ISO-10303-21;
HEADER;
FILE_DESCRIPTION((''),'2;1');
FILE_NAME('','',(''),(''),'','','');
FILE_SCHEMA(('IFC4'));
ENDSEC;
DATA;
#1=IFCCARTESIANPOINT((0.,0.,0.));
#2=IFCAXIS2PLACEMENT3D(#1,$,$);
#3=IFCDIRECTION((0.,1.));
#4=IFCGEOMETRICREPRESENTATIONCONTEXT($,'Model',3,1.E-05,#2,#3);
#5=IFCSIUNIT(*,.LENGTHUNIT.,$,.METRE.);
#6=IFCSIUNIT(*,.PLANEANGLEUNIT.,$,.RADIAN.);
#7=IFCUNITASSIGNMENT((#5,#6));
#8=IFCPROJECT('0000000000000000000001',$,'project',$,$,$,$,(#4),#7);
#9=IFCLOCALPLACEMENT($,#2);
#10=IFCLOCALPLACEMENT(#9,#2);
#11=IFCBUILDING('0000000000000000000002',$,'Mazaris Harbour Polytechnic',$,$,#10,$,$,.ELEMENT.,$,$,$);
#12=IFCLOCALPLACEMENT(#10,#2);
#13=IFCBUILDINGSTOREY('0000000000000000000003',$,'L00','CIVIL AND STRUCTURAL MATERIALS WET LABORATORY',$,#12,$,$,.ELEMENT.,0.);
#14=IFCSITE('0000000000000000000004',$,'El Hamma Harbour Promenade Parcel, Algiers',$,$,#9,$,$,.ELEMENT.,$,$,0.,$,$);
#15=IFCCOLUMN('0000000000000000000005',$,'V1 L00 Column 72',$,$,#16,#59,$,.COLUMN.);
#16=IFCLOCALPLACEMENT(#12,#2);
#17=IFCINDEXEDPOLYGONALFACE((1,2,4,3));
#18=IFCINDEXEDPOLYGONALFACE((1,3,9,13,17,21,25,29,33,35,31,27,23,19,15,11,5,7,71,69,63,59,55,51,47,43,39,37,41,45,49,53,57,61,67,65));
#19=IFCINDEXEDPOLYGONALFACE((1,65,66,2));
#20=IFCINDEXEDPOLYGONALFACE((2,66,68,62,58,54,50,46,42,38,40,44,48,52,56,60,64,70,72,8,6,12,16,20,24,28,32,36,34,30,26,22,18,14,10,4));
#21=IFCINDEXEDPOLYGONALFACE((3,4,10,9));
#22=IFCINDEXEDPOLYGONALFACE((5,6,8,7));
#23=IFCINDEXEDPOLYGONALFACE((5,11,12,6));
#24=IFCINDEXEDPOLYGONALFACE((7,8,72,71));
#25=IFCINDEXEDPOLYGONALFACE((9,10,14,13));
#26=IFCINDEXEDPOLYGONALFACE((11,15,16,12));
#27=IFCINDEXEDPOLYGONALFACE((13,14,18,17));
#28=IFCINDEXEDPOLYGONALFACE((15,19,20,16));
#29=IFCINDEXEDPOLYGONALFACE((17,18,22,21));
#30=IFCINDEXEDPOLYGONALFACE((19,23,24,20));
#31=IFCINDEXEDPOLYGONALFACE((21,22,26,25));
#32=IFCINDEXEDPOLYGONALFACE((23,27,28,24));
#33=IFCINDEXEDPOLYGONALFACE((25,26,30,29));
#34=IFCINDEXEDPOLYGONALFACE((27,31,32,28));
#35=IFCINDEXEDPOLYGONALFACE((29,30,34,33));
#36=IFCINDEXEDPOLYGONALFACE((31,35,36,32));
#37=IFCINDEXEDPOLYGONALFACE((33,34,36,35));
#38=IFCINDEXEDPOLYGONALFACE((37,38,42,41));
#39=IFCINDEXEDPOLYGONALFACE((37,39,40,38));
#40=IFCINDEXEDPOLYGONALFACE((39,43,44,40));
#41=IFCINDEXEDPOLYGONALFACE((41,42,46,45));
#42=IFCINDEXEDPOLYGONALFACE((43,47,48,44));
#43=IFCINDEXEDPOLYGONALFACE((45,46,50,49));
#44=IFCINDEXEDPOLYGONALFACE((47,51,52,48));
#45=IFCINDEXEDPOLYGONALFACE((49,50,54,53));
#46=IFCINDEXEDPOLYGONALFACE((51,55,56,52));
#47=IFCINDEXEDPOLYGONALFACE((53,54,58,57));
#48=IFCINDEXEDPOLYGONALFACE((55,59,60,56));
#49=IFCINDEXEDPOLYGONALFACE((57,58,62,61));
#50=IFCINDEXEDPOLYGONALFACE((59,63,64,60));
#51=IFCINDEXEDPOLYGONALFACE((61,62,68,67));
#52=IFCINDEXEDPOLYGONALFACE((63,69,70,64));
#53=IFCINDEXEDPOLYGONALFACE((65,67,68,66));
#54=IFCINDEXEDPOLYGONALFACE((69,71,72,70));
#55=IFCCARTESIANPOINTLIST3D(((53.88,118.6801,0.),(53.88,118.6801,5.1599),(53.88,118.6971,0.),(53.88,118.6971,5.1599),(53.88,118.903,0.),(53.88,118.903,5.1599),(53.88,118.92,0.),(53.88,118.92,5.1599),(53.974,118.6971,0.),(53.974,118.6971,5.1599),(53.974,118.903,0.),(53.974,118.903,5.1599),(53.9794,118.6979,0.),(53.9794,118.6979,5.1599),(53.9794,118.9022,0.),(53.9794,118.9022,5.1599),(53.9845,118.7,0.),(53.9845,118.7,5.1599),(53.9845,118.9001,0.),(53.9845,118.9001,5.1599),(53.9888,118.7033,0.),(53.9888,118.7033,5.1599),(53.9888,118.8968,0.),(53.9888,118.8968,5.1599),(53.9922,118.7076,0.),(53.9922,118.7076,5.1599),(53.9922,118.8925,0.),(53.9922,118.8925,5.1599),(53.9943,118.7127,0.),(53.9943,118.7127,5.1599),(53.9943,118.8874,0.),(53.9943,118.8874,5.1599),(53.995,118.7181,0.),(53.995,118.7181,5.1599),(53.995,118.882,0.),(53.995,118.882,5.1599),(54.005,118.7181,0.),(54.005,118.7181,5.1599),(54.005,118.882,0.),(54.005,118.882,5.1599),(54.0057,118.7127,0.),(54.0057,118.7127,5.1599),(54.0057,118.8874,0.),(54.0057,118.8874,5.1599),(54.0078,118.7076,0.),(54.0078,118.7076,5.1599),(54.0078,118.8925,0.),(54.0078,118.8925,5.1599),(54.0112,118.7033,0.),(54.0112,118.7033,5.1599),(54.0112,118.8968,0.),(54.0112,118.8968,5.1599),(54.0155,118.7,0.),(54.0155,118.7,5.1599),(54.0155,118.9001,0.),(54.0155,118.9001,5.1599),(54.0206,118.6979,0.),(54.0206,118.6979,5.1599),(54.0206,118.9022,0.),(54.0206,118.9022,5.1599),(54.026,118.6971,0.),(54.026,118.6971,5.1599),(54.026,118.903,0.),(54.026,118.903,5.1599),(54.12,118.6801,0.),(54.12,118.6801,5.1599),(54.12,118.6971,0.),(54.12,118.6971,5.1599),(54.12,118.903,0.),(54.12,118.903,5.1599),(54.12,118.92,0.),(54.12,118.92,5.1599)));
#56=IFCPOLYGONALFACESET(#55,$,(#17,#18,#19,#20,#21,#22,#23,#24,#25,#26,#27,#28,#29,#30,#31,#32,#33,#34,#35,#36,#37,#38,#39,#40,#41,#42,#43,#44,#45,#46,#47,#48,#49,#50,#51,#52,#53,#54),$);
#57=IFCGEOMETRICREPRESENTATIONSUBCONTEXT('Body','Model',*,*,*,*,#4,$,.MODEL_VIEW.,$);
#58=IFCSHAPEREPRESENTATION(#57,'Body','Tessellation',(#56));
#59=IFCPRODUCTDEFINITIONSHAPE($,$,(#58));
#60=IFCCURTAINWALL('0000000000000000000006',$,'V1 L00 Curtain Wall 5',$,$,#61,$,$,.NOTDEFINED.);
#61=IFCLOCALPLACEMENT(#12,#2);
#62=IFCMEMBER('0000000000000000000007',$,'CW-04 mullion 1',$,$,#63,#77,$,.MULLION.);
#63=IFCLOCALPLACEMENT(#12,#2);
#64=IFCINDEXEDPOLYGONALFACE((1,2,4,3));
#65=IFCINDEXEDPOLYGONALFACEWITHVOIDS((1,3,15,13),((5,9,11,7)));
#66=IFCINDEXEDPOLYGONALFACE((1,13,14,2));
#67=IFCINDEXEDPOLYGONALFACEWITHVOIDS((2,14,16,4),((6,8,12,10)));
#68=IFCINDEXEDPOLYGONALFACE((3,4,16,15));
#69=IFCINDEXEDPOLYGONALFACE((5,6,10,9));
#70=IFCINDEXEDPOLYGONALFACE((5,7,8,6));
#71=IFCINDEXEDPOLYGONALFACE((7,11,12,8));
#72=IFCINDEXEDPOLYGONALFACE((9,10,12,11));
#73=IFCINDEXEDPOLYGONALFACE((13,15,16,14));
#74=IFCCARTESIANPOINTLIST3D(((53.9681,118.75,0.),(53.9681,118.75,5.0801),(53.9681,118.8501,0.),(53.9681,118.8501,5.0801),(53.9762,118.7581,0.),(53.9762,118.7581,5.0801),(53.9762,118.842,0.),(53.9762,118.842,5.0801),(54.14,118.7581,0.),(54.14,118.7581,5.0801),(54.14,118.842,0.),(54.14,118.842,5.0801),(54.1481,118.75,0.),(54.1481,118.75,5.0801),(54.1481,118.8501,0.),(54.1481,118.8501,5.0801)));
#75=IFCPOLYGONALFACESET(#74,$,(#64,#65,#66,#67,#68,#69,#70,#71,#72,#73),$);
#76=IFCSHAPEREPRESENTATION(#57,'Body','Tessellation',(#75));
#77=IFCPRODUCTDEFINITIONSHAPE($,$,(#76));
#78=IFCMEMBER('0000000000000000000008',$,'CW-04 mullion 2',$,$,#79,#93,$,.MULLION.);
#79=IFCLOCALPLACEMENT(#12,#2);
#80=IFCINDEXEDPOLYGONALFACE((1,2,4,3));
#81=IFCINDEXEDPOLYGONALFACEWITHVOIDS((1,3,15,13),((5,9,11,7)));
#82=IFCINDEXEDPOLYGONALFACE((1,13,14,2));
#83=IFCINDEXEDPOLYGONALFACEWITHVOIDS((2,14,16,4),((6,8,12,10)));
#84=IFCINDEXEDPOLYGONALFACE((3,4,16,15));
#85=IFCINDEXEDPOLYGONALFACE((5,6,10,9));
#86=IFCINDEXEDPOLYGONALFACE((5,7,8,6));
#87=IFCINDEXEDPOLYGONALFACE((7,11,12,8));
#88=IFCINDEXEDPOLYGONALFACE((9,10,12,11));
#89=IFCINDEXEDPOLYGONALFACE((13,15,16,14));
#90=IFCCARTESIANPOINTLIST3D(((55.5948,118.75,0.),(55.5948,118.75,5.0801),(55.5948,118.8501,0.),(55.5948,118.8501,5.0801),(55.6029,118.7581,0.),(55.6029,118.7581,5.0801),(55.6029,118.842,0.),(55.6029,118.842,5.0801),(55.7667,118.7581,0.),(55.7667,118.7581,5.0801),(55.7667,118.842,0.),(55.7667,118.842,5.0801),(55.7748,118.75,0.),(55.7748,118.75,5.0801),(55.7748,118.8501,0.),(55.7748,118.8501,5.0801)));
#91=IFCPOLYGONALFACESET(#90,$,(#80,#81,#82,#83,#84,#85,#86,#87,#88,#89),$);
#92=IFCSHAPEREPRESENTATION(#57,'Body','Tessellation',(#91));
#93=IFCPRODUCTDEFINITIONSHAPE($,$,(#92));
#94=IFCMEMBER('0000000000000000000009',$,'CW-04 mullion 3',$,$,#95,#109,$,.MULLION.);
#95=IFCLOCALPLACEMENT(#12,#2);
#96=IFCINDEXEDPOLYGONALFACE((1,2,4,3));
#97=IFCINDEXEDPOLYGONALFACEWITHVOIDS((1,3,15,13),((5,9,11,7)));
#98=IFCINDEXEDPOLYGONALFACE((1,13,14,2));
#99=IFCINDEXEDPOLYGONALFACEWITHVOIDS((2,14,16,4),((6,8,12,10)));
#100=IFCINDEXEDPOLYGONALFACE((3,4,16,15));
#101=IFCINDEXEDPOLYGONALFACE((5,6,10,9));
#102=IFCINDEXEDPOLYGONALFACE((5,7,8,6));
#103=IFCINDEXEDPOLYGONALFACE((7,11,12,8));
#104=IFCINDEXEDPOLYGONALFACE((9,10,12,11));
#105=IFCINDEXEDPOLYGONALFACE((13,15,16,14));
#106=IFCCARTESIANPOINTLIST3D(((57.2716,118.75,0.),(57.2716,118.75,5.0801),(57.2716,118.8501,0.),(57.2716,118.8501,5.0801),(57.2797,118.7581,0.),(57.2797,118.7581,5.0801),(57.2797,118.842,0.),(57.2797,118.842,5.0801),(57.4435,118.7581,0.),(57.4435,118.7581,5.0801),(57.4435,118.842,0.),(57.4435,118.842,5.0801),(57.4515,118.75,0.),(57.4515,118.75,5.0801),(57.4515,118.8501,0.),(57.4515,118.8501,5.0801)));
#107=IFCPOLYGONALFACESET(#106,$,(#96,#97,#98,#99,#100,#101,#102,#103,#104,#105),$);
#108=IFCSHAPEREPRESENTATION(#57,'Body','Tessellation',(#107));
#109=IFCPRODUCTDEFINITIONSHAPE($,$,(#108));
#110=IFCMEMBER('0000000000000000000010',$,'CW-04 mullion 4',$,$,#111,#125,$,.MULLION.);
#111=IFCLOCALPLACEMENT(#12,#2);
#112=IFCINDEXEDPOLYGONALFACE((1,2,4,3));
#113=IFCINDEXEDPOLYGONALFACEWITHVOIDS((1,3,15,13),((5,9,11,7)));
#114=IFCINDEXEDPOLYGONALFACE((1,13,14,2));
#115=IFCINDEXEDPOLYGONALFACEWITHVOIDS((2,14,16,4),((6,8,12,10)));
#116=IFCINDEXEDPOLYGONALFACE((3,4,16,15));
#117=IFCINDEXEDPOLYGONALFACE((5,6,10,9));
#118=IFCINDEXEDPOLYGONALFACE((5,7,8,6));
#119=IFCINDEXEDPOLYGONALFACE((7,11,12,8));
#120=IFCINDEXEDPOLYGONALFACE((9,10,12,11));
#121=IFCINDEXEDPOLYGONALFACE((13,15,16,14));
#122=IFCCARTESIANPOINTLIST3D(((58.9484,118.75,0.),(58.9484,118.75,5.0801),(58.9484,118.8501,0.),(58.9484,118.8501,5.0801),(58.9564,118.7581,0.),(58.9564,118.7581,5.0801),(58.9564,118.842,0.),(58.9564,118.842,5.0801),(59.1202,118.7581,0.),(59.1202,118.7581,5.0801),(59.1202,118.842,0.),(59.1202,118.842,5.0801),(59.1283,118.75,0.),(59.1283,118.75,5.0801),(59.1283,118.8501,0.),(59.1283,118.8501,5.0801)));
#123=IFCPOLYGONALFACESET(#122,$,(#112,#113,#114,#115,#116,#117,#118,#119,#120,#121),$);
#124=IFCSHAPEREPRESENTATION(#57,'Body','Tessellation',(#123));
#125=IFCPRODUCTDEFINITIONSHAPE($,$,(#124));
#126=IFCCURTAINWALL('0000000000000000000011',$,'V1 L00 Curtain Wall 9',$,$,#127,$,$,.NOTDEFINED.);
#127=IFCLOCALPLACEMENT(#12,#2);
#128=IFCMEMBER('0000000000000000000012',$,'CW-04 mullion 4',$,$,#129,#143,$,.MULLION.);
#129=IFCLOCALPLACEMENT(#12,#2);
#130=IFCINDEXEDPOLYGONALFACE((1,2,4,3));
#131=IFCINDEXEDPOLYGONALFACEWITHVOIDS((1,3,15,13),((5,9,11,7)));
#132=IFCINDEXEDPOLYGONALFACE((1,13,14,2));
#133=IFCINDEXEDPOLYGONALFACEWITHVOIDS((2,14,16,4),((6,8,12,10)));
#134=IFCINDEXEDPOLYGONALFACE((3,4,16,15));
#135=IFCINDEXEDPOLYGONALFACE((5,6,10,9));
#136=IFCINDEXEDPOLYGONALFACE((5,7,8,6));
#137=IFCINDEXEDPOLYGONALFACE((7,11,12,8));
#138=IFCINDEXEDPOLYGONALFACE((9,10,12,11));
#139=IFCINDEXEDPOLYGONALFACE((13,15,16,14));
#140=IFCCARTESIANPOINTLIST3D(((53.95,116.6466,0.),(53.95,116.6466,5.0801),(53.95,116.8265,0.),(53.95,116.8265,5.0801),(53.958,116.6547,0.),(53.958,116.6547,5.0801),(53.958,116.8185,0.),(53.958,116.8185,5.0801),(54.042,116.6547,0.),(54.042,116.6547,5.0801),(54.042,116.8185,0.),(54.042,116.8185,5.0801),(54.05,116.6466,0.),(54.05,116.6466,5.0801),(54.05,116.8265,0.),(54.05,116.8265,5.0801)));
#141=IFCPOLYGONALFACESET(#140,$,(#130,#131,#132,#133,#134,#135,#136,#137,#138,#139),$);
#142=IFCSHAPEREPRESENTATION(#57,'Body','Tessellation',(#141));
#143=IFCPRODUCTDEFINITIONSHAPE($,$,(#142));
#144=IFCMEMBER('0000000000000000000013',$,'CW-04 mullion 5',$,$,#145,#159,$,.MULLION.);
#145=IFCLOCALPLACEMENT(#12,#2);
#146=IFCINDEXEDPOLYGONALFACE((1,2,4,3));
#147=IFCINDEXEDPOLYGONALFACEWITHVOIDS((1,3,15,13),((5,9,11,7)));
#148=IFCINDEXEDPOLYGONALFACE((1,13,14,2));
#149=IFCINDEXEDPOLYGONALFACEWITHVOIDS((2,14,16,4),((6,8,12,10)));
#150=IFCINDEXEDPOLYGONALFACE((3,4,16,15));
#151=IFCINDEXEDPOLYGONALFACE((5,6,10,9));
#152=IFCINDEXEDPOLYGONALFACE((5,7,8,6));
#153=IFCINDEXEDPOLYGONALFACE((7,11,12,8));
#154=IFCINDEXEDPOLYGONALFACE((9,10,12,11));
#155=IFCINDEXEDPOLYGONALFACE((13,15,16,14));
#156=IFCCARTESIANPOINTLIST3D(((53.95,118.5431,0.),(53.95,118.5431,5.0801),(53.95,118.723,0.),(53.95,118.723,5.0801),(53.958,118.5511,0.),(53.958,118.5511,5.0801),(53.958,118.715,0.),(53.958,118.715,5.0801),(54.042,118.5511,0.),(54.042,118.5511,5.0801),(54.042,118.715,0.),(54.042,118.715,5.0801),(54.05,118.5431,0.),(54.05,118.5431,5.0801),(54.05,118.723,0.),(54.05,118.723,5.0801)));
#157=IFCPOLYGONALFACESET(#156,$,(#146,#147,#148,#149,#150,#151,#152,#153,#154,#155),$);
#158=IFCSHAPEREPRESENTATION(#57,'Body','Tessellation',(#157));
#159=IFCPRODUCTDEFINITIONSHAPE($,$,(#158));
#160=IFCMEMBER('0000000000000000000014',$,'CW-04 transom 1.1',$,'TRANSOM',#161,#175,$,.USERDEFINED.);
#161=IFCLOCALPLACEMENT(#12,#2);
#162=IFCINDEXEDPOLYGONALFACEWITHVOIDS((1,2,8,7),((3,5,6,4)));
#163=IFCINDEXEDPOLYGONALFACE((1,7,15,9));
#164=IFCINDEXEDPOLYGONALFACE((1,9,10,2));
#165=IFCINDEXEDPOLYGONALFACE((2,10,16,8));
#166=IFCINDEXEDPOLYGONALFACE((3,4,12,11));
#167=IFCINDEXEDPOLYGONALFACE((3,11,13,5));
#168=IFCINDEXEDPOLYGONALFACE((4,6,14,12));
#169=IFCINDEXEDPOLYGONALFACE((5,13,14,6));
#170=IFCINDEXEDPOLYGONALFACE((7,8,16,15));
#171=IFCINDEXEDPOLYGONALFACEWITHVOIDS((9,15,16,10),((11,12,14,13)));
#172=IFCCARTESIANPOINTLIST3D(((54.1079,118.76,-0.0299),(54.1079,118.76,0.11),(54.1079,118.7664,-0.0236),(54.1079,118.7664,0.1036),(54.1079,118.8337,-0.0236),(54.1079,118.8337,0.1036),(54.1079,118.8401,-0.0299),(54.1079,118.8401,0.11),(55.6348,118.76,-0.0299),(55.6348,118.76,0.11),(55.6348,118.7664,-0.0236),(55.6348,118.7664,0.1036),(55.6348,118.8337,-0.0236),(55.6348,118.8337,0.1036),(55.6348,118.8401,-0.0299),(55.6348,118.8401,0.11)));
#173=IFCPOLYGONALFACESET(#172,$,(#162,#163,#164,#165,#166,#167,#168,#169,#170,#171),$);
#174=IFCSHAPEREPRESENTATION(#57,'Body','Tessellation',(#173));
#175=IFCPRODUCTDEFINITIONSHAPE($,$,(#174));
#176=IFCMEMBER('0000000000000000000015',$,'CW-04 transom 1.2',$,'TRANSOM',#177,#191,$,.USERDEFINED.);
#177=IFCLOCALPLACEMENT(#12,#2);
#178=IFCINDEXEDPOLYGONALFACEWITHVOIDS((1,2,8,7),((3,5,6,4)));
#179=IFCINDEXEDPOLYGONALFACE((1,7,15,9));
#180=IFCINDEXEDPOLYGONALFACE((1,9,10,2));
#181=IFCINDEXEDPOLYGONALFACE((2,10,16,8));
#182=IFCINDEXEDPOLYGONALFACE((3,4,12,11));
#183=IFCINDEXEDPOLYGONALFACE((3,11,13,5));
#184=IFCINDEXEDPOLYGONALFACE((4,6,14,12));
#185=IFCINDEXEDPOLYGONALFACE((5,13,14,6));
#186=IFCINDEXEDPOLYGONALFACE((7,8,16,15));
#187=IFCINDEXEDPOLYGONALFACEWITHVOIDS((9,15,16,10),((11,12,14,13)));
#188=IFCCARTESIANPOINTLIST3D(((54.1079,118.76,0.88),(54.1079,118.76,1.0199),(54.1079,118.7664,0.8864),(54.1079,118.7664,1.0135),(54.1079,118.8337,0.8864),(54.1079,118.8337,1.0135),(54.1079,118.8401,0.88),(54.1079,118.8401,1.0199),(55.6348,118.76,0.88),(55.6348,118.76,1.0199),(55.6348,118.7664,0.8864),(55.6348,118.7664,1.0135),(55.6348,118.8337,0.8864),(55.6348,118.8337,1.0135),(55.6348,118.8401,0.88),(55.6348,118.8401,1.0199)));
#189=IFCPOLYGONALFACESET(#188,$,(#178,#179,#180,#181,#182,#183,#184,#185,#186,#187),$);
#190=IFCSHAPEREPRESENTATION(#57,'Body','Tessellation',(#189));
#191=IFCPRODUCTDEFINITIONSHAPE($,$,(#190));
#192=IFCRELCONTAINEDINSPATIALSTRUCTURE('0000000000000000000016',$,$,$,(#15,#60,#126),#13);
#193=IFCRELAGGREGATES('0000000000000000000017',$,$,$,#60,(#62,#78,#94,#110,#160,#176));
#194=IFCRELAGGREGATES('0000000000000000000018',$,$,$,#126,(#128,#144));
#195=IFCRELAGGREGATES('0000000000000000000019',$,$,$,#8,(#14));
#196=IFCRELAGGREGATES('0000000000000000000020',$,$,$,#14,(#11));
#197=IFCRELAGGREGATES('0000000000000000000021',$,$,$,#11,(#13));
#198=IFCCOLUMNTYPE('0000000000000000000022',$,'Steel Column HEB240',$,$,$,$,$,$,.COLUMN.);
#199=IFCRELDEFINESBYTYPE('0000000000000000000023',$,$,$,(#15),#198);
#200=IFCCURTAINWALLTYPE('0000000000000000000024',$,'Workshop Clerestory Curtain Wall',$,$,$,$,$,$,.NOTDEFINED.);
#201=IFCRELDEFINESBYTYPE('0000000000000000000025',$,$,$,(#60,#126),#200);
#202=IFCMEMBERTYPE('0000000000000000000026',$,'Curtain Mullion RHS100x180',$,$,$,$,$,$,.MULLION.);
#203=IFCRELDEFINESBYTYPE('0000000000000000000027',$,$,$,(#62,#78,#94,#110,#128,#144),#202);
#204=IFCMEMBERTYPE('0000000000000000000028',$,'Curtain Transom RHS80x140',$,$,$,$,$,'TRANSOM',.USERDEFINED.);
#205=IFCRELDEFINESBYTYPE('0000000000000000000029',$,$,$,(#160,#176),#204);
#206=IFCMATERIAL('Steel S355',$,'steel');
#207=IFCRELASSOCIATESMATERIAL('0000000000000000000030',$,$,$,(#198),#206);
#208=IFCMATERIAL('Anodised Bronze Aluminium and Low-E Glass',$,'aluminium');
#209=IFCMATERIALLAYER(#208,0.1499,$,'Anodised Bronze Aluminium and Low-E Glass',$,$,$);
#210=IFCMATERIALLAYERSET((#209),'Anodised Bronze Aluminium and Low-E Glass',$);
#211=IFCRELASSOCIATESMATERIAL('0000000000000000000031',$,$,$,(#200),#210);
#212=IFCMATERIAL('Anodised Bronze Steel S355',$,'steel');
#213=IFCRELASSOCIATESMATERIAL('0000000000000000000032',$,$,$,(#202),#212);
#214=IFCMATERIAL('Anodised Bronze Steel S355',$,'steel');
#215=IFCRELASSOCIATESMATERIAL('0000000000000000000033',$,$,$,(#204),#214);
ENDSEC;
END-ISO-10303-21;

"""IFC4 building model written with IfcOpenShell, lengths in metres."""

from ifc_helpers import new_model, si_unit, direction, frame, origin, origin_2d, place, context, subcontext, project, spatial, hollow_rectangle, i_section, extrude, material, layer, layer_set, material_profile, profile_set, type_object, element, aggregate, save


model = new_model("IFC4")

# Units and contexts
model_context = context("Model", 3, precision=1e-05, world=origin(), true_north=direction((0.0, 1.0)))
body_context = subcontext(model_context, "Body", "Model", "MODEL_VIEW")
ifc_project = project(units=[si_unit("LENGTHUNIT", "METRE"), si_unit("PLANEANGLEUNIT", "RADIAN")], contexts=[model_context])

# Site, building, storey
site_placement = place(None, origin())
site = spatial("IfcSite", under=ifc_project, at=site_placement, Name="El Hamma Harbour Promenade Parcel, Algiers", CompositionType="ELEMENT", RefElevation=0.0)
building_placement = place(site_placement, origin())
building = spatial("IfcBuilding", under=site, at=building_placement, Name="Mazaris Harbour Polytechnic", CompositionType="ELEMENT")
storey_placement = place(building_placement, origin())
storey = spatial("IfcBuildingStorey", under=building, at=storey_placement, Name="L00", Description="CIVIL AND STRUCTURAL MATERIALS WET LABORATORY", CompositionType="ELEMENT", Elevation=0.0)

# Column
ifc_material_1 = material(Name="Steel S355", Category="steel")
ifc_material_profile_1 = material_profile(ifc_material_1, i_section(OverallWidth=0.24, OverallDepth=0.24, WebThickness=0.01, FlangeThickness=0.0171, FilletRadius=0.021, at=origin_2d()), Name="HEB 240")
ifc_profile_set_1 = profile_set([ifc_material_profile_1], Name="Steel S355")
column_type = type_object("IfcColumnType", Name="Steel Column HEB240", PredefinedType="COLUMN", material=ifc_profile_set_1)
column_placement = place(storey_placement, frame((54.0, 118.8, 0.0), z_axis=(0.0, 0.0, 1.0), x_axis=(1.0, 0.0, 0.0)))
element("IfcColumn", 1, at=column_placement, inside=storey, type_object=column_type, Name="V1 L00 Column 72", PredefinedType="COLUMN", context=body_context, shape_type="SweptSolid", body=[
    extrude(i_section(OverallWidth=0.24, OverallDepth=0.24, WebThickness=0.01, FlangeThickness=0.0171, FilletRadius=0.021, at=origin_2d()), origin(), (0.0, 0.0, 1.0), 5.1599),
])

# Curtain walls, members
ifc_material_2 = material(Name="Anodised Bronze Aluminium and Low-E Glass", Category="aluminium")
ifc_layer_1 = layer(ifc_material_2, 0.1499, Name="Anodised Bronze Aluminium and Low-E Glass")
ifc_layer_set_1 = layer_set([ifc_layer_1], Name="Anodised Bronze Aluminium and Low-E Glass")
curtain_wall_type = type_object("IfcCurtainWallType", Name="Workshop Clerestory Curtain Wall", PredefinedType="NOTDEFINED", material=ifc_layer_set_1)
curtain_wall_1_placement = place(storey_placement, origin())
curtain_wall_1 = element("IfcCurtainWall", 2, at=curtain_wall_1_placement, inside=storey, type_object=curtain_wall_type, Name="V1 L00 Curtain Wall 5", PredefinedType="NOTDEFINED")
ifc_material_3 = material(Name="Anodised Bronze Steel S355", Category="steel")
ifc_material_profile_2 = material_profile(ifc_material_3, hollow_rectangle(XDim=0.1001, YDim=0.1799, WallThickness=0.0081, at=origin_2d()), Name="RHS 100x180x8.0")
ifc_profile_set_2 = profile_set([ifc_material_profile_2], Name="Anodised Bronze Steel S355")
member_type_1 = type_object("IfcMemberType", Name="Curtain Mullion RHS100x180", PredefinedType="MULLION", material=ifc_profile_set_2)
member_1_placement = place(storey_placement, frame((54.0581, 118.8, 0.0), z_axis=(0.0, 0.0, 1.0), x_axis=(0.0, 1.0, 0.0)))
member_1 = element("IfcMember", 3, at=member_1_placement, type_object=member_type_1, Name="CW-04 mullion 1", PredefinedType="MULLION", context=body_context, shape_type="SweptSolid", body=[
    extrude(hollow_rectangle(XDim=0.1001, YDim=0.1799, WallThickness=0.0081, at=origin_2d()), origin(), (0.0, 0.0, 1.0), 5.0801),
])
member_2_placement = place(storey_placement, frame((55.6848, 118.8, 0.0), z_axis=(0.0, 0.0, 1.0), x_axis=(0.0, 1.0, 0.0)))
member_2 = element("IfcMember", 4, at=member_2_placement, type_object=member_type_1, Name="CW-04 mullion 2", PredefinedType="MULLION", context=body_context, shape_type="SweptSolid", body=[
    extrude(hollow_rectangle(XDim=0.1001, YDim=0.1799, WallThickness=0.0081, at=origin_2d()), origin(), (0.0, 0.0, 1.0), 5.0801),
])
member_3_placement = place(storey_placement, frame((57.3616, 118.8, 0.0), z_axis=(0.0, 0.0, 1.0), x_axis=(0.0, 1.0, 0.0)))
member_3 = element("IfcMember", 5, at=member_3_placement, type_object=member_type_1, Name="CW-04 mullion 3", PredefinedType="MULLION", context=body_context, shape_type="SweptSolid", body=[
    extrude(hollow_rectangle(XDim=0.1001, YDim=0.1799, WallThickness=0.0081, at=origin_2d()), origin(), (0.0, 0.0, 1.0), 5.0801),
])
member_4_placement = place(storey_placement, frame((59.0383, 118.8, 0.0), z_axis=(0.0, 0.0, 1.0), x_axis=(0.0, 1.0, 0.0)))
member_4 = element("IfcMember", 6, at=member_4_placement, type_object=member_type_1, Name="CW-04 mullion 4", PredefinedType="MULLION", context=body_context, shape_type="SweptSolid", body=[
    extrude(hollow_rectangle(XDim=0.1001, YDim=0.1799, WallThickness=0.0081, at=origin_2d()), origin(), (0.0, 0.0, 1.0), 5.0801),
])
curtain_wall_2_placement = place(storey_placement, origin())
curtain_wall_2 = element("IfcCurtainWall", 7, at=curtain_wall_2_placement, inside=storey, type_object=curtain_wall_type, Name="V1 L00 Curtain Wall 9", PredefinedType="NOTDEFINED")
member_5_placement = place(storey_placement, frame((54.0, 116.7366, 0.0), z_axis=(0.0, 0.0, 1.0), x_axis=(-1.0, 0.0, 0.0)))
member_5 = element("IfcMember", 8, at=member_5_placement, type_object=member_type_1, Name="CW-04 mullion 4", PredefinedType="MULLION", context=body_context, shape_type="SweptSolid", body=[
    extrude(hollow_rectangle(XDim=0.1001, YDim=0.1799, WallThickness=0.0081, at=origin_2d()), origin(), (0.0, 0.0, 1.0), 5.0801),
])
member_6_placement = place(storey_placement, frame((54.0, 118.6331, 0.0), z_axis=(0.0, 0.0, 1.0), x_axis=(-1.0, 0.0, 0.0)))
member_6 = element("IfcMember", 9, at=member_6_placement, type_object=member_type_1, Name="CW-04 mullion 5", PredefinedType="MULLION", context=body_context, shape_type="SweptSolid", body=[
    extrude(hollow_rectangle(XDim=0.1001, YDim=0.1799, WallThickness=0.0081, at=origin_2d()), origin(), (0.0, 0.0, 1.0), 5.0801),
])

# Members
ifc_material_4 = material(Name="Anodised Bronze Steel S355", Category="steel")
ifc_material_profile_3 = material_profile(ifc_material_4, hollow_rectangle(XDim=0.0801, YDim=0.1399, WallThickness=0.0063, at=origin_2d()), Name="RHS 80x140x6.3")
ifc_profile_set_3 = profile_set([ifc_material_profile_3], Name="Anodised Bronze Steel S355")
member_type_2 = type_object("IfcMemberType", Name="Curtain Transom RHS80x140", ElementType="TRANSOM", PredefinedType="USERDEFINED", material=ifc_profile_set_3)
member_7_placement = place(storey_placement, frame((54.1079, 118.8, 0.04), z_axis=(1.0, 0.0, 0.0), x_axis=(0.0, 1.0, 0.0)))
member_7 = element("IfcMember", 10, at=member_7_placement, type_object=member_type_2, Name="CW-04 transom 1.1", ObjectType="TRANSOM", PredefinedType="USERDEFINED", context=body_context, shape_type="SweptSolid", body=[
    extrude(hollow_rectangle(XDim=0.0801, YDim=0.1399, WallThickness=0.0063, at=origin_2d()), origin(), (0.0, 0.0, 1.0), 1.5269),
])
member_8_placement = place(storey_placement, frame((54.1079, 118.8, 0.95), z_axis=(1.0, 0.0, 0.0), x_axis=(0.0, 1.0, 0.0)))
member_8 = element("IfcMember", 11, at=member_8_placement, type_object=member_type_2, Name="CW-04 transom 1.2", ObjectType="TRANSOM", PredefinedType="USERDEFINED", context=body_context, shape_type="SweptSolid", body=[
    extrude(hollow_rectangle(XDim=0.0801, YDim=0.1399, WallThickness=0.0063, at=origin_2d()), origin(), (0.0, 0.0, 1.0), 1.5269),
])

aggregate(curtain_wall_1, [member_1, member_2, member_3, member_4, member_7, member_8])
aggregate(curtain_wall_2, [member_5, member_6])

save(model, "model.ifc")
